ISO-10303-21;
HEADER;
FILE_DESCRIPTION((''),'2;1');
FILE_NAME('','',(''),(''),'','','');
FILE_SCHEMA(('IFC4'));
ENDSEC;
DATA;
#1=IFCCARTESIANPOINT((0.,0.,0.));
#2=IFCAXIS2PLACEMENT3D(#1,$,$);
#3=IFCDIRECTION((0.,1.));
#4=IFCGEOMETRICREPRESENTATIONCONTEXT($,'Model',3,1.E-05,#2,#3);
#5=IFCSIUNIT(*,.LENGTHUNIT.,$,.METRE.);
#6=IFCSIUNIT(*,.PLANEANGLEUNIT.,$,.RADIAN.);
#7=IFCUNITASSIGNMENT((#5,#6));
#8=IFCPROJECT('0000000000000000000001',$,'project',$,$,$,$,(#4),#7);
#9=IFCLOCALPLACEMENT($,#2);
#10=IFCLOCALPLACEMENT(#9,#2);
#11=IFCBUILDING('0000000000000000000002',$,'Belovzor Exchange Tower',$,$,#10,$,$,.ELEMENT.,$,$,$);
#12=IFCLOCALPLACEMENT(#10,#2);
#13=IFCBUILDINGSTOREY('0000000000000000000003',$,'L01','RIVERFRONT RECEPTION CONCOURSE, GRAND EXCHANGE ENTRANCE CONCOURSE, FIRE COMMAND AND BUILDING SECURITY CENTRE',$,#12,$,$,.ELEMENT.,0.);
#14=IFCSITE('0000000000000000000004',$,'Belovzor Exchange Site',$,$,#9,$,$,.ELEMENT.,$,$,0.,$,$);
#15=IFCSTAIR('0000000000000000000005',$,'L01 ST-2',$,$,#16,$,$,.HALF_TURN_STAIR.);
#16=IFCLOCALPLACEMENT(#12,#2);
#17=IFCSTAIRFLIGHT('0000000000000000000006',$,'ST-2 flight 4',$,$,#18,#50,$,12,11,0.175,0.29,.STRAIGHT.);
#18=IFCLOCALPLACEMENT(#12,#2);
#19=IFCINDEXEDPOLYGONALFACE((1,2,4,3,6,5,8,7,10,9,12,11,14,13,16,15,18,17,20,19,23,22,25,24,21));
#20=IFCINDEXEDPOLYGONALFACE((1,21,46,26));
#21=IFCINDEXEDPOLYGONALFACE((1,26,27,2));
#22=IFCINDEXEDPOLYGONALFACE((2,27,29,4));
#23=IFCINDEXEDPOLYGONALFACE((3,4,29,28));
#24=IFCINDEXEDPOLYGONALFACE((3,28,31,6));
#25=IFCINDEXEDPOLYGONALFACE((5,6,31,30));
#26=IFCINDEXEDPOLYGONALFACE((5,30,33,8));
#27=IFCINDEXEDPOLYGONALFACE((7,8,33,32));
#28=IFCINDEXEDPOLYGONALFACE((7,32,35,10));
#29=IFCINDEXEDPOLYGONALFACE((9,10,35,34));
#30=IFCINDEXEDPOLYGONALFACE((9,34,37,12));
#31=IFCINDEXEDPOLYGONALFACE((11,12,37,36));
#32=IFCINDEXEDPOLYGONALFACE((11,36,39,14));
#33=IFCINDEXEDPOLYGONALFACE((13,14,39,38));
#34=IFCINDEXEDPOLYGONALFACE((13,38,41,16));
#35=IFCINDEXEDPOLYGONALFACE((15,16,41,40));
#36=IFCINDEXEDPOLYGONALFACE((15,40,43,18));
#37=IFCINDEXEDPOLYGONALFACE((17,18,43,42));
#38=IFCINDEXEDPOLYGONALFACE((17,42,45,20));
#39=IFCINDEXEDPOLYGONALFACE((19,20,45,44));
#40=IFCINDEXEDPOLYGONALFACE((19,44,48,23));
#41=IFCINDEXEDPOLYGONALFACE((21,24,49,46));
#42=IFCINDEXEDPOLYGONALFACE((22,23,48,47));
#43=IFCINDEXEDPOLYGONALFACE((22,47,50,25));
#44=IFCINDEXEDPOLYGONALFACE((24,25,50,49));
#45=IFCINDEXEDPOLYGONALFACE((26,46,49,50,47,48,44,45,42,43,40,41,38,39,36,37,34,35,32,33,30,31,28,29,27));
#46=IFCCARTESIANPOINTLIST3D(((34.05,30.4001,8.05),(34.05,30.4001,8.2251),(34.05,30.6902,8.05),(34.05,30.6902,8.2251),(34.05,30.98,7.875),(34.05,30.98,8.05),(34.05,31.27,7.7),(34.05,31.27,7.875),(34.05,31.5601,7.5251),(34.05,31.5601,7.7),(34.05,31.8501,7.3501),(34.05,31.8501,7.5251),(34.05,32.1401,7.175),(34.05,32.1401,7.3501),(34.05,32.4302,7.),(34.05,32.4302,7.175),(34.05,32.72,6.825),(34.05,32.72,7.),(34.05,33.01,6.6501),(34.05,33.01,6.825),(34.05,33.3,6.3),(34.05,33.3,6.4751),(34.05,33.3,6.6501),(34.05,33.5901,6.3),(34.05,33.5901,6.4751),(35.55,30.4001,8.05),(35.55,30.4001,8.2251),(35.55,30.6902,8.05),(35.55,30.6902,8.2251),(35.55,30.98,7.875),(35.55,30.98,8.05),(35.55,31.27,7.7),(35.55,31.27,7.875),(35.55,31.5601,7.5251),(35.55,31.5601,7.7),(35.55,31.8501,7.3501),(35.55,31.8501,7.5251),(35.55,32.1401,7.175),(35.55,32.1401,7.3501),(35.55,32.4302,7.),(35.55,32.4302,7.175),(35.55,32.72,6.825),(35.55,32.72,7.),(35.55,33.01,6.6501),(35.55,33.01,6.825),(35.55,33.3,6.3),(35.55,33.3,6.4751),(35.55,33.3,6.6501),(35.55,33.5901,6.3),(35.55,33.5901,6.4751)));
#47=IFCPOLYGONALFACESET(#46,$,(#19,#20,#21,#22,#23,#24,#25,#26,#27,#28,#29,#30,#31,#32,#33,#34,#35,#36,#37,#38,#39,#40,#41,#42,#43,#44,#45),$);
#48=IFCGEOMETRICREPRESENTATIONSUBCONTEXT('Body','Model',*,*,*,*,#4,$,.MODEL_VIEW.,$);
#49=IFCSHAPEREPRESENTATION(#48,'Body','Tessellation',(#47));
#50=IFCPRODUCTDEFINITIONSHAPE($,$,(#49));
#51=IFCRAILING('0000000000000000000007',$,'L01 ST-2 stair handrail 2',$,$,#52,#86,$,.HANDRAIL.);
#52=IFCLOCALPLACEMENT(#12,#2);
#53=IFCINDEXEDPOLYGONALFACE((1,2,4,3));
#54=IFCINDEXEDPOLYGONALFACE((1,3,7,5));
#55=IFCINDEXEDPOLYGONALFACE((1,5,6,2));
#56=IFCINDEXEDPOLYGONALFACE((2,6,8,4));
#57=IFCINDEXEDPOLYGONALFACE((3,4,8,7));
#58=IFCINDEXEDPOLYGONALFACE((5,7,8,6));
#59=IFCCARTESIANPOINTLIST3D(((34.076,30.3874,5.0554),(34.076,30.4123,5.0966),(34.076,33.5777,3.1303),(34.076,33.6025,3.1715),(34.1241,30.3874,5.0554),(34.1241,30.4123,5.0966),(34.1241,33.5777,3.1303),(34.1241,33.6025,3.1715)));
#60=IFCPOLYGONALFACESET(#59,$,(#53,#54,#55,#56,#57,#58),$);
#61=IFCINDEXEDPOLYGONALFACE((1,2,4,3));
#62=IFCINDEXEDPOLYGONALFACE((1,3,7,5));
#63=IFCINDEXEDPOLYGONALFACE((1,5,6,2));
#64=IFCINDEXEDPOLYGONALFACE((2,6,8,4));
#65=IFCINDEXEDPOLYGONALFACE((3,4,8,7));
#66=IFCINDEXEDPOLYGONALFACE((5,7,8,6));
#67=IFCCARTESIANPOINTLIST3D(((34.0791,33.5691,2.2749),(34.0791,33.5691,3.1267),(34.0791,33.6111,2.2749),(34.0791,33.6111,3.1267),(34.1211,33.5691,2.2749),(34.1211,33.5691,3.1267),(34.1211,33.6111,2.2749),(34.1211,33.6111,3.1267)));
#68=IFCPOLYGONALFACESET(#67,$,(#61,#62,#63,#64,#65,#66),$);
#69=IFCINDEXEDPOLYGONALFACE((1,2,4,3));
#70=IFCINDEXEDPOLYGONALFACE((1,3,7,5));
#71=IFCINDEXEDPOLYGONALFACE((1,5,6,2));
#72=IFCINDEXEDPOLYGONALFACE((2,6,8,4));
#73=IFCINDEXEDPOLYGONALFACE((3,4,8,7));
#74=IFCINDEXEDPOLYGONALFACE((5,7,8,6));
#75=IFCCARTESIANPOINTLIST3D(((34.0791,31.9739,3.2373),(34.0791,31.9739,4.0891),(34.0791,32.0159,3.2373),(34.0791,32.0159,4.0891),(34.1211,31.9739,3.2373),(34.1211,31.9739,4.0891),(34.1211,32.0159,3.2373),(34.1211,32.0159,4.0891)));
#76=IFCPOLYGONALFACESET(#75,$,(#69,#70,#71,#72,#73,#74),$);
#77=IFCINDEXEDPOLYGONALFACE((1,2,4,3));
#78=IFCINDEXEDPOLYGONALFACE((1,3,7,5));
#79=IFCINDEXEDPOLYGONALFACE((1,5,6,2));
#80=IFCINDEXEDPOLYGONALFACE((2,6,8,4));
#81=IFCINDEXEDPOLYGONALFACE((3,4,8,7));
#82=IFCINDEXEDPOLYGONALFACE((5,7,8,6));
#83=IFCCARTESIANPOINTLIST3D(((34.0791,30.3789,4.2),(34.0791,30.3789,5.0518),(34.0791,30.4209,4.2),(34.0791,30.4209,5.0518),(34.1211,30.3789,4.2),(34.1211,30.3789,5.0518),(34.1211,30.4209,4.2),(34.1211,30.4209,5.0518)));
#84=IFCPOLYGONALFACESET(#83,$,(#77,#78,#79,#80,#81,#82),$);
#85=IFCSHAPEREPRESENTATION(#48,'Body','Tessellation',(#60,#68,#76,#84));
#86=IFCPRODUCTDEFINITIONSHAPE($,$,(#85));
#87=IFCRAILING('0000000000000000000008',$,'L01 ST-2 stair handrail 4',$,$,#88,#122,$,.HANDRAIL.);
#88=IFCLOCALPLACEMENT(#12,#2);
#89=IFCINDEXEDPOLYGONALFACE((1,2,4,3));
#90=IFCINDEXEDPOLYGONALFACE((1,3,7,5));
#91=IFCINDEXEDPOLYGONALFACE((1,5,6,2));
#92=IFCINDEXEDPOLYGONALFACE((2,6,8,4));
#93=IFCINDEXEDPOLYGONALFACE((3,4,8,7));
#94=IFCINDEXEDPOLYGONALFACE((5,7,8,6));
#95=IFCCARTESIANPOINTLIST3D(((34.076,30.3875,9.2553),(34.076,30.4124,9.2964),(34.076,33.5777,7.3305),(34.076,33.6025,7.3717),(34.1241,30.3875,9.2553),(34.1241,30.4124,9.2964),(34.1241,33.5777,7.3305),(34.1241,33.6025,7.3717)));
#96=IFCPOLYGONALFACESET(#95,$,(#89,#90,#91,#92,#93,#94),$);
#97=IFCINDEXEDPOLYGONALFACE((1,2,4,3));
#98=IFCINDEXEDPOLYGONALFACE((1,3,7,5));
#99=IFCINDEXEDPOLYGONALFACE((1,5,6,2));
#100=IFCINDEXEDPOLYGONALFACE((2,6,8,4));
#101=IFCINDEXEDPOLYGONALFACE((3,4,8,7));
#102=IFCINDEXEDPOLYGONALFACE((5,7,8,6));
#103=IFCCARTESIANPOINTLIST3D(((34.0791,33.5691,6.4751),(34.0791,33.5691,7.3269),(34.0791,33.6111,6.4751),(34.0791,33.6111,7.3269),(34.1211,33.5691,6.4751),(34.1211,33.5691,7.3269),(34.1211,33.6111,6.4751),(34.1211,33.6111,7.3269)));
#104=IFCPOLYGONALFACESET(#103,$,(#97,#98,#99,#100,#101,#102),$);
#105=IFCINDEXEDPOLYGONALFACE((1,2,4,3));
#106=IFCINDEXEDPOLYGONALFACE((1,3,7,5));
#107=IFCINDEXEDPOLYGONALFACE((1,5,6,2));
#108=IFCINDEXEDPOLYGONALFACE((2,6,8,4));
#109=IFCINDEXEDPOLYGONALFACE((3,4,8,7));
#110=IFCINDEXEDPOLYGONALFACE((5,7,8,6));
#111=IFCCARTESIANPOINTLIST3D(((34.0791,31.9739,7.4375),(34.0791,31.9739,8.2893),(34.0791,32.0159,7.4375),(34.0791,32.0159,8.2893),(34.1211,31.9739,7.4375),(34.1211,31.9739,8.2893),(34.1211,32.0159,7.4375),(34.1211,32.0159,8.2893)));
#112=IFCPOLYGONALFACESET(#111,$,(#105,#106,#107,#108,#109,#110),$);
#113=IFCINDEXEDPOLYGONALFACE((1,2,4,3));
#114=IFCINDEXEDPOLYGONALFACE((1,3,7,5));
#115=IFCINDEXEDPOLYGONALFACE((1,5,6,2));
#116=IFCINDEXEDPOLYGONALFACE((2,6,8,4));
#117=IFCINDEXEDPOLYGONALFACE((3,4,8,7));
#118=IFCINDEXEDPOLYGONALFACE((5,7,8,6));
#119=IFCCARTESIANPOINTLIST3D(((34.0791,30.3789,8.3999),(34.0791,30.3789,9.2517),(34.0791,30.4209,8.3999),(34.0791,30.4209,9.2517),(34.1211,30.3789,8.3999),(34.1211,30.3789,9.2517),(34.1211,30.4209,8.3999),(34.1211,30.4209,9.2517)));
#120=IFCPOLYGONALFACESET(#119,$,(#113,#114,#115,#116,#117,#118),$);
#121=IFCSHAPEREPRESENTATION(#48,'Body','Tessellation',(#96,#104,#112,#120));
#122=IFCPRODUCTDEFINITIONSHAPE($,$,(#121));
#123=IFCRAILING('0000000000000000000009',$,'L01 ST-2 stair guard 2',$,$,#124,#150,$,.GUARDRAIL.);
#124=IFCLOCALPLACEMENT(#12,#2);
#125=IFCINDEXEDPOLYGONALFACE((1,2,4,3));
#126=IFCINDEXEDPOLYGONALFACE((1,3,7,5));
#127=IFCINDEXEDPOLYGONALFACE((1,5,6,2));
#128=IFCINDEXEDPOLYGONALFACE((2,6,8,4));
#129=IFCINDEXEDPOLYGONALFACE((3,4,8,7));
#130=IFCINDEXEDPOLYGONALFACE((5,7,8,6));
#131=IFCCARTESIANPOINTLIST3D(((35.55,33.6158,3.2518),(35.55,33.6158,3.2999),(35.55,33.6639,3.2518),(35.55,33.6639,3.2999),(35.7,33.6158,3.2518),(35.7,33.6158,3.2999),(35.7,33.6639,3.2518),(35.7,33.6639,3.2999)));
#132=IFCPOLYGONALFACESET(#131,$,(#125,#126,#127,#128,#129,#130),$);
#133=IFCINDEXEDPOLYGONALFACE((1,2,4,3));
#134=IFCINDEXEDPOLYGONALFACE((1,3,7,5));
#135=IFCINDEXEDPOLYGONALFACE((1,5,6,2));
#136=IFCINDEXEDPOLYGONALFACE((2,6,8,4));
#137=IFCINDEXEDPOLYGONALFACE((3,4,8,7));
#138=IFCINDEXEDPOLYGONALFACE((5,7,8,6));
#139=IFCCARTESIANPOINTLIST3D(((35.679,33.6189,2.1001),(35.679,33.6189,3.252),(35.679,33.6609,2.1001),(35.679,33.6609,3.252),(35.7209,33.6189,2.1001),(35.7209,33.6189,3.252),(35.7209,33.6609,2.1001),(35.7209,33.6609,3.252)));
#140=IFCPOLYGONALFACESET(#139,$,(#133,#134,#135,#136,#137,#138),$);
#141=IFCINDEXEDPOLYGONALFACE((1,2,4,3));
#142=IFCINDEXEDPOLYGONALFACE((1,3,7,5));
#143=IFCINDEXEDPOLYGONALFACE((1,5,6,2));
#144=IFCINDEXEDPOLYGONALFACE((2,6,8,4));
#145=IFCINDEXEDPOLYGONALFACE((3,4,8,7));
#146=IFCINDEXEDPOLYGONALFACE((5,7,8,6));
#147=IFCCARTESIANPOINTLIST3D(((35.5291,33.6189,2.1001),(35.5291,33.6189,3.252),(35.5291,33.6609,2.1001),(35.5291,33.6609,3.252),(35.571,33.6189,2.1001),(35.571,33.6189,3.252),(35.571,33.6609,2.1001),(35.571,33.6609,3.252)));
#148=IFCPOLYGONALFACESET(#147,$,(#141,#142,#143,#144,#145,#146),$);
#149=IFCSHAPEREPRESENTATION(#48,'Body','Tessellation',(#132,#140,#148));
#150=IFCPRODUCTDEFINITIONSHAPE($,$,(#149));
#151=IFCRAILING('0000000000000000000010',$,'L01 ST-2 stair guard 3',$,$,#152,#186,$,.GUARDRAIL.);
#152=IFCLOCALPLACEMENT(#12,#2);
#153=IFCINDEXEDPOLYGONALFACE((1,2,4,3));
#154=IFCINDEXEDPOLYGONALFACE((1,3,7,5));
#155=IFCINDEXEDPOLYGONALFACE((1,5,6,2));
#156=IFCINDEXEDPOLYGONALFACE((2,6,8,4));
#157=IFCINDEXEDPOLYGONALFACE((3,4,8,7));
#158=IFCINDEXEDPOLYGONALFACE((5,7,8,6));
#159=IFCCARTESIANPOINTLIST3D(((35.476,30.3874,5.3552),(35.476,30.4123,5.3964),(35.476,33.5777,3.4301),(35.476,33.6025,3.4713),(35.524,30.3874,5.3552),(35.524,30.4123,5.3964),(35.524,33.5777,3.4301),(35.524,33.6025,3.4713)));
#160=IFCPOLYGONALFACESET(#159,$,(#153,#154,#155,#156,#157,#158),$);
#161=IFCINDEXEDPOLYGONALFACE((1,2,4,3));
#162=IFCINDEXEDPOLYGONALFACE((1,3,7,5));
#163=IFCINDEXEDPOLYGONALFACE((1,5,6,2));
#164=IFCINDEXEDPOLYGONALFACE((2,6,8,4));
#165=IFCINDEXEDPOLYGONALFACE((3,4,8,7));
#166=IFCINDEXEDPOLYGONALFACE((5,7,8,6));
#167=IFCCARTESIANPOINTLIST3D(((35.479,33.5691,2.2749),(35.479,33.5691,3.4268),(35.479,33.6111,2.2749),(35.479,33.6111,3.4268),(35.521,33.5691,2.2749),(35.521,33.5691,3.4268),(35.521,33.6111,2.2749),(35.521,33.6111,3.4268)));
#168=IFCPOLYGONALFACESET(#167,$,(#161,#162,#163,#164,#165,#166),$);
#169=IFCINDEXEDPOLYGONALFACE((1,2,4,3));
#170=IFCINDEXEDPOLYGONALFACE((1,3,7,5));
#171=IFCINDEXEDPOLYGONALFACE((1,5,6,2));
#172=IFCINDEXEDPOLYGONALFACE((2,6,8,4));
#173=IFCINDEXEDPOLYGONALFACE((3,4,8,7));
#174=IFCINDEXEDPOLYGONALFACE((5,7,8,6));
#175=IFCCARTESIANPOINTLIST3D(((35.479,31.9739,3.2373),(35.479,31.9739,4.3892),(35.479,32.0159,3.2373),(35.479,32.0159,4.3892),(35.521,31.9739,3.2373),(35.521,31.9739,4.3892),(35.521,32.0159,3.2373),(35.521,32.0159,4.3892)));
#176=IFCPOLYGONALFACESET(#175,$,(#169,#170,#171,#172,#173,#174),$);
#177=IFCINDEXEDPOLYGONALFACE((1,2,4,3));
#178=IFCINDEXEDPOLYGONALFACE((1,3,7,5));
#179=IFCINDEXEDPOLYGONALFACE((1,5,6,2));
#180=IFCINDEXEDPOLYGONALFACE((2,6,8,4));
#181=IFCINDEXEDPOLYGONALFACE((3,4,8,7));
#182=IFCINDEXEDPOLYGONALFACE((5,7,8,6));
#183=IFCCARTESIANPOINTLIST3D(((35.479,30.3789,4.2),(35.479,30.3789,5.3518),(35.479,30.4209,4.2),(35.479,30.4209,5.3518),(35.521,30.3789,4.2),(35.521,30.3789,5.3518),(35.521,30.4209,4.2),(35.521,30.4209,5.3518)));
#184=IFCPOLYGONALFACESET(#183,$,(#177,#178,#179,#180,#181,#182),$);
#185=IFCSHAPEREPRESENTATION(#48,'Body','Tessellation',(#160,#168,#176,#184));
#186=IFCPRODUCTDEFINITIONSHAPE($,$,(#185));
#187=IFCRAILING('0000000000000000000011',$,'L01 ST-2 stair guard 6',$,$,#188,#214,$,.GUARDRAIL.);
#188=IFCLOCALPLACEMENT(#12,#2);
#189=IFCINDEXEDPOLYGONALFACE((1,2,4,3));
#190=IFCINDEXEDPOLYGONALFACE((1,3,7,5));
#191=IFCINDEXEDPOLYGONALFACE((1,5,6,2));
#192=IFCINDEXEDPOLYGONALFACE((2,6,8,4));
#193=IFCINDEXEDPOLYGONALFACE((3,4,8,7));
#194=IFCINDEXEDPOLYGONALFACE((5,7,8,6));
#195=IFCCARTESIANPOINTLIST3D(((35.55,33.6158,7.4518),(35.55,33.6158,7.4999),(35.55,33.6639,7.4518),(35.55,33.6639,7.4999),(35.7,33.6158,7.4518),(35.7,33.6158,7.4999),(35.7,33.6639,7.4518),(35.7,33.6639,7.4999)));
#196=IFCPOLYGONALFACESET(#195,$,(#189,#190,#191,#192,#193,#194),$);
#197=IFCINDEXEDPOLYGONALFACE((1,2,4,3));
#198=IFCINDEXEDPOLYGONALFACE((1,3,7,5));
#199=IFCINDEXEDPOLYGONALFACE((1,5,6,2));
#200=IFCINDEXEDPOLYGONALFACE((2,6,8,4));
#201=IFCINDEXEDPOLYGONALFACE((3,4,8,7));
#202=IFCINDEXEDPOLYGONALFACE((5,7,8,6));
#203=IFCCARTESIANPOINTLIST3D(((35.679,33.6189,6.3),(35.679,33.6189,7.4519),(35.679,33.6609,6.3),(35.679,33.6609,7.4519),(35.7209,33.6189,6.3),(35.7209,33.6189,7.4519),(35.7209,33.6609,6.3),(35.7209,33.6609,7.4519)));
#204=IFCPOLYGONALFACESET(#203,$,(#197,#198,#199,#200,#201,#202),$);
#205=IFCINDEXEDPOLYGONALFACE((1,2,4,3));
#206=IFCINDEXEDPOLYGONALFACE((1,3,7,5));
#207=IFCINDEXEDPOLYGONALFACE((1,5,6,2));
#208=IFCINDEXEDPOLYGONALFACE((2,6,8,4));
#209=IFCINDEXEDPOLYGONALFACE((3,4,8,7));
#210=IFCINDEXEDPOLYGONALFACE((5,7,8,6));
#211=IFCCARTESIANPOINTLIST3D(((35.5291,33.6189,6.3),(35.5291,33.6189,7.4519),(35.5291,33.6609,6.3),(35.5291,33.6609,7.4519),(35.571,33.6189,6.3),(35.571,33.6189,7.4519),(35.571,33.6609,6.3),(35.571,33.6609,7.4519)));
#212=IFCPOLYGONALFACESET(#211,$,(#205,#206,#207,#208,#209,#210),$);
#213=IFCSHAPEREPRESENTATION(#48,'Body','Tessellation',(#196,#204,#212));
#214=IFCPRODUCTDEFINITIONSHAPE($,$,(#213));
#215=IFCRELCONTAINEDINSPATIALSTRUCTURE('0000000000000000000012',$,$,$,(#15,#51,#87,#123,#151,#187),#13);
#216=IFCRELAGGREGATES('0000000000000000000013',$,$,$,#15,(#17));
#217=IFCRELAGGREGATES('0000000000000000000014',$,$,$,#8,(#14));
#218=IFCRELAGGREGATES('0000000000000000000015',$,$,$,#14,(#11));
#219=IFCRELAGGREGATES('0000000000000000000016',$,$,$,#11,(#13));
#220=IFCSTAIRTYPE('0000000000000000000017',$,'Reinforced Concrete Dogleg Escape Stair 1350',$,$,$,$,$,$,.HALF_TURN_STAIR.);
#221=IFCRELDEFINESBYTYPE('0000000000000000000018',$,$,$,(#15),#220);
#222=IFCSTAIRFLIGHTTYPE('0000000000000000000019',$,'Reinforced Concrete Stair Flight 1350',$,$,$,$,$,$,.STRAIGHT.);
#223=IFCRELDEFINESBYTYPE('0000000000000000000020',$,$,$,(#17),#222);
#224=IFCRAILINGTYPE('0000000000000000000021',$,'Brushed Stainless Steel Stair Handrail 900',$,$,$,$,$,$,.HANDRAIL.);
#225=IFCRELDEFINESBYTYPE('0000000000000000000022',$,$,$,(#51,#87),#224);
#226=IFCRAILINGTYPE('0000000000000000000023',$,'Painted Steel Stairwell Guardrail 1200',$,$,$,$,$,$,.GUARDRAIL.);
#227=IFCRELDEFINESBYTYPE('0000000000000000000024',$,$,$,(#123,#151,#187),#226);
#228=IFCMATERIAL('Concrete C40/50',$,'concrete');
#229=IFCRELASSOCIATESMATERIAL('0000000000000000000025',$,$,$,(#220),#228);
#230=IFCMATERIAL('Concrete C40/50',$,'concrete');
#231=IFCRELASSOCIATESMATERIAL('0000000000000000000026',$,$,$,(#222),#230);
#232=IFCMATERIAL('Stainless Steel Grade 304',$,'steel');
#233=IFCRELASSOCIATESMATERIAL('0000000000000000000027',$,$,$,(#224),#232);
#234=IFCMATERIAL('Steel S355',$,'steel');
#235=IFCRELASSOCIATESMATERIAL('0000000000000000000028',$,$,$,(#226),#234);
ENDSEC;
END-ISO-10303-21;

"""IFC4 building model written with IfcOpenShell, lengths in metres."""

from ifc_helpers import new_model, si_unit, direction, frame, origin, origin_2d, place, context, subcontext, project, spatial, polyline, rectangle, outline, extrude, material, type_object, element, aggregate, save


model = new_model("IFC4")

# Units and contexts
model_context = context("Model", 3, precision=1e-05, world=origin(), true_north=direction((0.0, 1.0)))
body_context = subcontext(model_context, "Body", "Model", "MODEL_VIEW")
ifc_project = project(units=[si_unit("LENGTHUNIT", "METRE"), si_unit("PLANEANGLEUNIT", "RADIAN")], contexts=[model_context])

# Site, building, storey
site_placement = place(None, origin())
site = spatial("IfcSite", under=ifc_project, at=site_placement, Name="Belovzor Exchange Site", CompositionType="ELEMENT", RefElevation=0.0)
building_placement = place(site_placement, origin())
building = spatial("IfcBuilding", under=site, at=building_placement, Name="Belovzor Exchange Tower", CompositionType="ELEMENT")
storey_placement = place(building_placement, origin())
storey = spatial("IfcBuildingStorey", under=building, at=storey_placement, Name="L01", Description="RIVERFRONT RECEPTION CONCOURSE, GRAND EXCHANGE ENTRANCE CONCOURSE, FIRE COMMAND AND BUILDING SECURITY CENTRE", CompositionType="ELEMENT", Elevation=0.0)

# Stair, stair flight
ifc_material_1 = material(Name="Concrete C40/50", Category="concrete")
stair_type = type_object("IfcStairType", Name="Reinforced Concrete Dogleg Escape Stair 1350", PredefinedType="HALF_TURN_STAIR", material=ifc_material_1)
stair_placement = place(storey_placement, origin())
stair = element("IfcStair", 1, at=stair_placement, inside=storey, type_object=stair_type, Name="L01 ST-2", PredefinedType="HALF_TURN_STAIR")
ifc_material_2 = material(Name="Concrete C40/50", Category="concrete")
stair_flight_type = type_object("IfcStairFlightType", Name="Reinforced Concrete Stair Flight 1350", PredefinedType="STRAIGHT", material=ifc_material_2)
stair_flight_1_placement = place(storey_placement, frame((34.8, 33.5901, 6.3), z_axis=(0.0, 0.0, 1.0), x_axis=(0.0, -1.0, 0.0)))
stair_flight_1 = element("IfcStairFlight", 2, at=stair_flight_1_placement, type_object=stair_flight_type, Name="ST-2 flight 4", NumberOfRisers=12, NumberOfTreads=11, PredefinedType="STRAIGHT", RiserHeight=0.175, TreadLength=0.29, context=body_context, shape_type="SweptSolid", body=[
    extrude(outline(polyline([(0.0, 0.0), (0.0, 0.175), (0.29, 0.175), (0.29, 0.3501), (0.5801, 0.3501), (0.5801, 0.5249), (0.8701, 0.5249), (0.8701, 0.7), (1.1599, 0.7), (1.1599, 0.875), (1.45, 0.875), (1.45, 1.05), (1.74, 1.05), (1.74, 1.2251), (2.03, 1.2251), (2.03, 1.3999), (2.3201, 1.3999), (2.3201, 1.575), (2.6101, 1.575), (2.6101, 1.75), (2.8999, 1.75), (2.8999, 1.925), (3.1899, 1.925), (3.1899, 2.1001), (3.1899, 1.75), (0.29, 0.0), (0.0, 0.0)])), frame((0.0, 0.75, 0.0), z_axis=(0.0, -1.0, 0.0), x_axis=(1.0, 0.0, 0.0)), (0.0, 0.0, 1.0), 1.5),
])
aggregate(stair, [stair_flight_1])

# Railings
ifc_material_3 = material(Name="Stainless Steel Grade 304", Category="steel")
railing_type_1 = type_object("IfcRailingType", Name="Brushed Stainless Steel Stair Handrail 900", PredefinedType="HANDRAIL", material=ifc_material_3)
railing_1_placement = place(storey_placement, frame((34.1001, 33.5901, 2.2749)))
element("IfcRailing", 3, at=railing_1_placement, inside=storey, type_object=railing_type_1, Name="L01 ST-2 stair handrail 2", PredefinedType="HANDRAIL", context=body_context, shape_type="SweptSolid", body=[
    extrude(rectangle(XDim=0.0481, YDim=0.0481, at=origin_2d()), frame((0.0, 0.0, 0.876), z_axis=(0.0, -0.856195, 0.516653), x_axis=(1.0, 0.0, 0.0)), (0.0, 0.0, 1.0), 3.7261),
    extrude(rectangle(XDim=0.042, YDim=0.042, at=origin_2d()), origin(), (0.0, 0.0, 1.0), 0.8518),
    extrude(rectangle(XDim=0.042, YDim=0.042, at=origin_2d()), frame((0.0, -1.5952, 0.9624)), (0.0, 0.0, 1.0), 0.8518),
    extrude(rectangle(XDim=0.042, YDim=0.042, at=origin_2d()), frame((0.0, -3.1902, 1.925)), (0.0, 0.0, 1.0), 0.8518),
])
railing_2_placement = place(storey_placement, frame((34.1001, 33.5901, 6.4751)))
element("IfcRailing", 4, at=railing_2_placement, inside=storey, type_object=railing_type_1, Name="L01 ST-2 stair handrail 4", PredefinedType="HANDRAIL", context=body_context, shape_type="SweptSolid", body=[
    extrude(rectangle(XDim=0.0481, YDim=0.0481, at=origin_2d()), frame((0.0, 0.0, 0.876), z_axis=(0.0, -0.856224, 0.516605), x_axis=(1.0, 0.0, 0.0)), (0.0, 0.0, 1.0), 3.7258),
    extrude(rectangle(XDim=0.042, YDim=0.042, at=origin_2d()), origin(), (0.0, 0.0, 1.0), 0.8518),
    extrude(rectangle(XDim=0.042, YDim=0.042, at=origin_2d()), frame((0.0, -1.5952, 0.9624)), (0.0, 0.0, 1.0), 0.8518),
    extrude(rectangle(XDim=0.042, YDim=0.042, at=origin_2d()), frame((0.0, -3.1902, 1.9248)), (0.0, 0.0, 1.0), 0.8518),
])
ifc_material_4 = material(Name="Steel S355", Category="steel")
railing_type_2 = type_object("IfcRailingType", Name="Painted Steel Stairwell Guardrail 1200", PredefinedType="GUARDRAIL", material=ifc_material_4)
railing_3_placement = place(storey_placement, frame((35.7, 33.6399, 2.1001)))
element("IfcRailing", 5, at=railing_3_placement, inside=storey, type_object=railing_type_2, Name="L01 ST-2 stair guard 2", PredefinedType="GUARDRAIL", context=body_context, shape_type="SweptSolid", body=[
    extrude(rectangle(XDim=0.0481, YDim=0.0481, at=origin_2d()), frame((0.0, 0.0, 1.1758), z_axis=(-1.0, 0.0, 0.0), x_axis=(0.0, -1.0, 0.0)), (0.0, 0.0, 1.0), 0.1499),
    extrude(rectangle(XDim=0.042, YDim=0.042, at=origin_2d()), origin(), (0.0, 0.0, 1.0), 1.1519),
    extrude(rectangle(XDim=0.042, YDim=0.042, at=origin_2d()), frame((-0.1499, 0.0, 0.0)), (0.0, 0.0, 1.0), 1.1519),
])
railing_4_placement = place(storey_placement, frame((35.5, 33.5901, 2.2749)))
element("IfcRailing", 6, at=railing_4_placement, inside=storey, type_object=railing_type_2, Name="L01 ST-2 stair guard 3", PredefinedType="GUARDRAIL", context=body_context, shape_type="SweptSolid", body=[
    extrude(rectangle(XDim=0.0481, YDim=0.0481, at=origin_2d()), frame((0.0, 0.0, 1.1758), z_axis=(0.0, -0.856195, 0.516653), x_axis=(1.0, 0.0, 0.0)), (0.0, 0.0, 1.0), 3.7261),
    extrude(rectangle(XDim=0.042, YDim=0.042, at=origin_2d()), origin(), (0.0, 0.0, 1.0), 1.1519),
    extrude(rectangle(XDim=0.042, YDim=0.042, at=origin_2d()), frame((0.0, -1.5952, 0.9624)), (0.0, 0.0, 1.0), 1.1519),
    extrude(rectangle(XDim=0.042, YDim=0.042, at=origin_2d()), frame((0.0, -3.1902, 1.925)), (0.0, 0.0, 1.0), 1.1519),
])
railing_5_placement = place(storey_placement, frame((35.7, 33.6399, 6.3)))
element("IfcRailing", 7, at=railing_5_placement, inside=storey, type_object=railing_type_2, Name="L01 ST-2 stair guard 6", PredefinedType="GUARDRAIL", context=body_context, shape_type="SweptSolid", body=[
    extrude(rectangle(XDim=0.0481, YDim=0.0481, at=origin_2d()), frame((0.0, 0.0, 1.1758), z_axis=(-1.0, 0.0, 0.0), x_axis=(0.0, -1.0, 0.0)), (0.0, 0.0, 1.0), 0.1499),
    extrude(rectangle(XDim=0.042, YDim=0.042, at=origin_2d()), origin(), (0.0, 0.0, 1.0), 1.1519),
    extrude(rectangle(XDim=0.042, YDim=0.042, at=origin_2d()), frame((-0.1499, 0.0, 0.0)), (0.0, 0.0, 1.0), 1.1519),
])

save(model, "model.ifc")
